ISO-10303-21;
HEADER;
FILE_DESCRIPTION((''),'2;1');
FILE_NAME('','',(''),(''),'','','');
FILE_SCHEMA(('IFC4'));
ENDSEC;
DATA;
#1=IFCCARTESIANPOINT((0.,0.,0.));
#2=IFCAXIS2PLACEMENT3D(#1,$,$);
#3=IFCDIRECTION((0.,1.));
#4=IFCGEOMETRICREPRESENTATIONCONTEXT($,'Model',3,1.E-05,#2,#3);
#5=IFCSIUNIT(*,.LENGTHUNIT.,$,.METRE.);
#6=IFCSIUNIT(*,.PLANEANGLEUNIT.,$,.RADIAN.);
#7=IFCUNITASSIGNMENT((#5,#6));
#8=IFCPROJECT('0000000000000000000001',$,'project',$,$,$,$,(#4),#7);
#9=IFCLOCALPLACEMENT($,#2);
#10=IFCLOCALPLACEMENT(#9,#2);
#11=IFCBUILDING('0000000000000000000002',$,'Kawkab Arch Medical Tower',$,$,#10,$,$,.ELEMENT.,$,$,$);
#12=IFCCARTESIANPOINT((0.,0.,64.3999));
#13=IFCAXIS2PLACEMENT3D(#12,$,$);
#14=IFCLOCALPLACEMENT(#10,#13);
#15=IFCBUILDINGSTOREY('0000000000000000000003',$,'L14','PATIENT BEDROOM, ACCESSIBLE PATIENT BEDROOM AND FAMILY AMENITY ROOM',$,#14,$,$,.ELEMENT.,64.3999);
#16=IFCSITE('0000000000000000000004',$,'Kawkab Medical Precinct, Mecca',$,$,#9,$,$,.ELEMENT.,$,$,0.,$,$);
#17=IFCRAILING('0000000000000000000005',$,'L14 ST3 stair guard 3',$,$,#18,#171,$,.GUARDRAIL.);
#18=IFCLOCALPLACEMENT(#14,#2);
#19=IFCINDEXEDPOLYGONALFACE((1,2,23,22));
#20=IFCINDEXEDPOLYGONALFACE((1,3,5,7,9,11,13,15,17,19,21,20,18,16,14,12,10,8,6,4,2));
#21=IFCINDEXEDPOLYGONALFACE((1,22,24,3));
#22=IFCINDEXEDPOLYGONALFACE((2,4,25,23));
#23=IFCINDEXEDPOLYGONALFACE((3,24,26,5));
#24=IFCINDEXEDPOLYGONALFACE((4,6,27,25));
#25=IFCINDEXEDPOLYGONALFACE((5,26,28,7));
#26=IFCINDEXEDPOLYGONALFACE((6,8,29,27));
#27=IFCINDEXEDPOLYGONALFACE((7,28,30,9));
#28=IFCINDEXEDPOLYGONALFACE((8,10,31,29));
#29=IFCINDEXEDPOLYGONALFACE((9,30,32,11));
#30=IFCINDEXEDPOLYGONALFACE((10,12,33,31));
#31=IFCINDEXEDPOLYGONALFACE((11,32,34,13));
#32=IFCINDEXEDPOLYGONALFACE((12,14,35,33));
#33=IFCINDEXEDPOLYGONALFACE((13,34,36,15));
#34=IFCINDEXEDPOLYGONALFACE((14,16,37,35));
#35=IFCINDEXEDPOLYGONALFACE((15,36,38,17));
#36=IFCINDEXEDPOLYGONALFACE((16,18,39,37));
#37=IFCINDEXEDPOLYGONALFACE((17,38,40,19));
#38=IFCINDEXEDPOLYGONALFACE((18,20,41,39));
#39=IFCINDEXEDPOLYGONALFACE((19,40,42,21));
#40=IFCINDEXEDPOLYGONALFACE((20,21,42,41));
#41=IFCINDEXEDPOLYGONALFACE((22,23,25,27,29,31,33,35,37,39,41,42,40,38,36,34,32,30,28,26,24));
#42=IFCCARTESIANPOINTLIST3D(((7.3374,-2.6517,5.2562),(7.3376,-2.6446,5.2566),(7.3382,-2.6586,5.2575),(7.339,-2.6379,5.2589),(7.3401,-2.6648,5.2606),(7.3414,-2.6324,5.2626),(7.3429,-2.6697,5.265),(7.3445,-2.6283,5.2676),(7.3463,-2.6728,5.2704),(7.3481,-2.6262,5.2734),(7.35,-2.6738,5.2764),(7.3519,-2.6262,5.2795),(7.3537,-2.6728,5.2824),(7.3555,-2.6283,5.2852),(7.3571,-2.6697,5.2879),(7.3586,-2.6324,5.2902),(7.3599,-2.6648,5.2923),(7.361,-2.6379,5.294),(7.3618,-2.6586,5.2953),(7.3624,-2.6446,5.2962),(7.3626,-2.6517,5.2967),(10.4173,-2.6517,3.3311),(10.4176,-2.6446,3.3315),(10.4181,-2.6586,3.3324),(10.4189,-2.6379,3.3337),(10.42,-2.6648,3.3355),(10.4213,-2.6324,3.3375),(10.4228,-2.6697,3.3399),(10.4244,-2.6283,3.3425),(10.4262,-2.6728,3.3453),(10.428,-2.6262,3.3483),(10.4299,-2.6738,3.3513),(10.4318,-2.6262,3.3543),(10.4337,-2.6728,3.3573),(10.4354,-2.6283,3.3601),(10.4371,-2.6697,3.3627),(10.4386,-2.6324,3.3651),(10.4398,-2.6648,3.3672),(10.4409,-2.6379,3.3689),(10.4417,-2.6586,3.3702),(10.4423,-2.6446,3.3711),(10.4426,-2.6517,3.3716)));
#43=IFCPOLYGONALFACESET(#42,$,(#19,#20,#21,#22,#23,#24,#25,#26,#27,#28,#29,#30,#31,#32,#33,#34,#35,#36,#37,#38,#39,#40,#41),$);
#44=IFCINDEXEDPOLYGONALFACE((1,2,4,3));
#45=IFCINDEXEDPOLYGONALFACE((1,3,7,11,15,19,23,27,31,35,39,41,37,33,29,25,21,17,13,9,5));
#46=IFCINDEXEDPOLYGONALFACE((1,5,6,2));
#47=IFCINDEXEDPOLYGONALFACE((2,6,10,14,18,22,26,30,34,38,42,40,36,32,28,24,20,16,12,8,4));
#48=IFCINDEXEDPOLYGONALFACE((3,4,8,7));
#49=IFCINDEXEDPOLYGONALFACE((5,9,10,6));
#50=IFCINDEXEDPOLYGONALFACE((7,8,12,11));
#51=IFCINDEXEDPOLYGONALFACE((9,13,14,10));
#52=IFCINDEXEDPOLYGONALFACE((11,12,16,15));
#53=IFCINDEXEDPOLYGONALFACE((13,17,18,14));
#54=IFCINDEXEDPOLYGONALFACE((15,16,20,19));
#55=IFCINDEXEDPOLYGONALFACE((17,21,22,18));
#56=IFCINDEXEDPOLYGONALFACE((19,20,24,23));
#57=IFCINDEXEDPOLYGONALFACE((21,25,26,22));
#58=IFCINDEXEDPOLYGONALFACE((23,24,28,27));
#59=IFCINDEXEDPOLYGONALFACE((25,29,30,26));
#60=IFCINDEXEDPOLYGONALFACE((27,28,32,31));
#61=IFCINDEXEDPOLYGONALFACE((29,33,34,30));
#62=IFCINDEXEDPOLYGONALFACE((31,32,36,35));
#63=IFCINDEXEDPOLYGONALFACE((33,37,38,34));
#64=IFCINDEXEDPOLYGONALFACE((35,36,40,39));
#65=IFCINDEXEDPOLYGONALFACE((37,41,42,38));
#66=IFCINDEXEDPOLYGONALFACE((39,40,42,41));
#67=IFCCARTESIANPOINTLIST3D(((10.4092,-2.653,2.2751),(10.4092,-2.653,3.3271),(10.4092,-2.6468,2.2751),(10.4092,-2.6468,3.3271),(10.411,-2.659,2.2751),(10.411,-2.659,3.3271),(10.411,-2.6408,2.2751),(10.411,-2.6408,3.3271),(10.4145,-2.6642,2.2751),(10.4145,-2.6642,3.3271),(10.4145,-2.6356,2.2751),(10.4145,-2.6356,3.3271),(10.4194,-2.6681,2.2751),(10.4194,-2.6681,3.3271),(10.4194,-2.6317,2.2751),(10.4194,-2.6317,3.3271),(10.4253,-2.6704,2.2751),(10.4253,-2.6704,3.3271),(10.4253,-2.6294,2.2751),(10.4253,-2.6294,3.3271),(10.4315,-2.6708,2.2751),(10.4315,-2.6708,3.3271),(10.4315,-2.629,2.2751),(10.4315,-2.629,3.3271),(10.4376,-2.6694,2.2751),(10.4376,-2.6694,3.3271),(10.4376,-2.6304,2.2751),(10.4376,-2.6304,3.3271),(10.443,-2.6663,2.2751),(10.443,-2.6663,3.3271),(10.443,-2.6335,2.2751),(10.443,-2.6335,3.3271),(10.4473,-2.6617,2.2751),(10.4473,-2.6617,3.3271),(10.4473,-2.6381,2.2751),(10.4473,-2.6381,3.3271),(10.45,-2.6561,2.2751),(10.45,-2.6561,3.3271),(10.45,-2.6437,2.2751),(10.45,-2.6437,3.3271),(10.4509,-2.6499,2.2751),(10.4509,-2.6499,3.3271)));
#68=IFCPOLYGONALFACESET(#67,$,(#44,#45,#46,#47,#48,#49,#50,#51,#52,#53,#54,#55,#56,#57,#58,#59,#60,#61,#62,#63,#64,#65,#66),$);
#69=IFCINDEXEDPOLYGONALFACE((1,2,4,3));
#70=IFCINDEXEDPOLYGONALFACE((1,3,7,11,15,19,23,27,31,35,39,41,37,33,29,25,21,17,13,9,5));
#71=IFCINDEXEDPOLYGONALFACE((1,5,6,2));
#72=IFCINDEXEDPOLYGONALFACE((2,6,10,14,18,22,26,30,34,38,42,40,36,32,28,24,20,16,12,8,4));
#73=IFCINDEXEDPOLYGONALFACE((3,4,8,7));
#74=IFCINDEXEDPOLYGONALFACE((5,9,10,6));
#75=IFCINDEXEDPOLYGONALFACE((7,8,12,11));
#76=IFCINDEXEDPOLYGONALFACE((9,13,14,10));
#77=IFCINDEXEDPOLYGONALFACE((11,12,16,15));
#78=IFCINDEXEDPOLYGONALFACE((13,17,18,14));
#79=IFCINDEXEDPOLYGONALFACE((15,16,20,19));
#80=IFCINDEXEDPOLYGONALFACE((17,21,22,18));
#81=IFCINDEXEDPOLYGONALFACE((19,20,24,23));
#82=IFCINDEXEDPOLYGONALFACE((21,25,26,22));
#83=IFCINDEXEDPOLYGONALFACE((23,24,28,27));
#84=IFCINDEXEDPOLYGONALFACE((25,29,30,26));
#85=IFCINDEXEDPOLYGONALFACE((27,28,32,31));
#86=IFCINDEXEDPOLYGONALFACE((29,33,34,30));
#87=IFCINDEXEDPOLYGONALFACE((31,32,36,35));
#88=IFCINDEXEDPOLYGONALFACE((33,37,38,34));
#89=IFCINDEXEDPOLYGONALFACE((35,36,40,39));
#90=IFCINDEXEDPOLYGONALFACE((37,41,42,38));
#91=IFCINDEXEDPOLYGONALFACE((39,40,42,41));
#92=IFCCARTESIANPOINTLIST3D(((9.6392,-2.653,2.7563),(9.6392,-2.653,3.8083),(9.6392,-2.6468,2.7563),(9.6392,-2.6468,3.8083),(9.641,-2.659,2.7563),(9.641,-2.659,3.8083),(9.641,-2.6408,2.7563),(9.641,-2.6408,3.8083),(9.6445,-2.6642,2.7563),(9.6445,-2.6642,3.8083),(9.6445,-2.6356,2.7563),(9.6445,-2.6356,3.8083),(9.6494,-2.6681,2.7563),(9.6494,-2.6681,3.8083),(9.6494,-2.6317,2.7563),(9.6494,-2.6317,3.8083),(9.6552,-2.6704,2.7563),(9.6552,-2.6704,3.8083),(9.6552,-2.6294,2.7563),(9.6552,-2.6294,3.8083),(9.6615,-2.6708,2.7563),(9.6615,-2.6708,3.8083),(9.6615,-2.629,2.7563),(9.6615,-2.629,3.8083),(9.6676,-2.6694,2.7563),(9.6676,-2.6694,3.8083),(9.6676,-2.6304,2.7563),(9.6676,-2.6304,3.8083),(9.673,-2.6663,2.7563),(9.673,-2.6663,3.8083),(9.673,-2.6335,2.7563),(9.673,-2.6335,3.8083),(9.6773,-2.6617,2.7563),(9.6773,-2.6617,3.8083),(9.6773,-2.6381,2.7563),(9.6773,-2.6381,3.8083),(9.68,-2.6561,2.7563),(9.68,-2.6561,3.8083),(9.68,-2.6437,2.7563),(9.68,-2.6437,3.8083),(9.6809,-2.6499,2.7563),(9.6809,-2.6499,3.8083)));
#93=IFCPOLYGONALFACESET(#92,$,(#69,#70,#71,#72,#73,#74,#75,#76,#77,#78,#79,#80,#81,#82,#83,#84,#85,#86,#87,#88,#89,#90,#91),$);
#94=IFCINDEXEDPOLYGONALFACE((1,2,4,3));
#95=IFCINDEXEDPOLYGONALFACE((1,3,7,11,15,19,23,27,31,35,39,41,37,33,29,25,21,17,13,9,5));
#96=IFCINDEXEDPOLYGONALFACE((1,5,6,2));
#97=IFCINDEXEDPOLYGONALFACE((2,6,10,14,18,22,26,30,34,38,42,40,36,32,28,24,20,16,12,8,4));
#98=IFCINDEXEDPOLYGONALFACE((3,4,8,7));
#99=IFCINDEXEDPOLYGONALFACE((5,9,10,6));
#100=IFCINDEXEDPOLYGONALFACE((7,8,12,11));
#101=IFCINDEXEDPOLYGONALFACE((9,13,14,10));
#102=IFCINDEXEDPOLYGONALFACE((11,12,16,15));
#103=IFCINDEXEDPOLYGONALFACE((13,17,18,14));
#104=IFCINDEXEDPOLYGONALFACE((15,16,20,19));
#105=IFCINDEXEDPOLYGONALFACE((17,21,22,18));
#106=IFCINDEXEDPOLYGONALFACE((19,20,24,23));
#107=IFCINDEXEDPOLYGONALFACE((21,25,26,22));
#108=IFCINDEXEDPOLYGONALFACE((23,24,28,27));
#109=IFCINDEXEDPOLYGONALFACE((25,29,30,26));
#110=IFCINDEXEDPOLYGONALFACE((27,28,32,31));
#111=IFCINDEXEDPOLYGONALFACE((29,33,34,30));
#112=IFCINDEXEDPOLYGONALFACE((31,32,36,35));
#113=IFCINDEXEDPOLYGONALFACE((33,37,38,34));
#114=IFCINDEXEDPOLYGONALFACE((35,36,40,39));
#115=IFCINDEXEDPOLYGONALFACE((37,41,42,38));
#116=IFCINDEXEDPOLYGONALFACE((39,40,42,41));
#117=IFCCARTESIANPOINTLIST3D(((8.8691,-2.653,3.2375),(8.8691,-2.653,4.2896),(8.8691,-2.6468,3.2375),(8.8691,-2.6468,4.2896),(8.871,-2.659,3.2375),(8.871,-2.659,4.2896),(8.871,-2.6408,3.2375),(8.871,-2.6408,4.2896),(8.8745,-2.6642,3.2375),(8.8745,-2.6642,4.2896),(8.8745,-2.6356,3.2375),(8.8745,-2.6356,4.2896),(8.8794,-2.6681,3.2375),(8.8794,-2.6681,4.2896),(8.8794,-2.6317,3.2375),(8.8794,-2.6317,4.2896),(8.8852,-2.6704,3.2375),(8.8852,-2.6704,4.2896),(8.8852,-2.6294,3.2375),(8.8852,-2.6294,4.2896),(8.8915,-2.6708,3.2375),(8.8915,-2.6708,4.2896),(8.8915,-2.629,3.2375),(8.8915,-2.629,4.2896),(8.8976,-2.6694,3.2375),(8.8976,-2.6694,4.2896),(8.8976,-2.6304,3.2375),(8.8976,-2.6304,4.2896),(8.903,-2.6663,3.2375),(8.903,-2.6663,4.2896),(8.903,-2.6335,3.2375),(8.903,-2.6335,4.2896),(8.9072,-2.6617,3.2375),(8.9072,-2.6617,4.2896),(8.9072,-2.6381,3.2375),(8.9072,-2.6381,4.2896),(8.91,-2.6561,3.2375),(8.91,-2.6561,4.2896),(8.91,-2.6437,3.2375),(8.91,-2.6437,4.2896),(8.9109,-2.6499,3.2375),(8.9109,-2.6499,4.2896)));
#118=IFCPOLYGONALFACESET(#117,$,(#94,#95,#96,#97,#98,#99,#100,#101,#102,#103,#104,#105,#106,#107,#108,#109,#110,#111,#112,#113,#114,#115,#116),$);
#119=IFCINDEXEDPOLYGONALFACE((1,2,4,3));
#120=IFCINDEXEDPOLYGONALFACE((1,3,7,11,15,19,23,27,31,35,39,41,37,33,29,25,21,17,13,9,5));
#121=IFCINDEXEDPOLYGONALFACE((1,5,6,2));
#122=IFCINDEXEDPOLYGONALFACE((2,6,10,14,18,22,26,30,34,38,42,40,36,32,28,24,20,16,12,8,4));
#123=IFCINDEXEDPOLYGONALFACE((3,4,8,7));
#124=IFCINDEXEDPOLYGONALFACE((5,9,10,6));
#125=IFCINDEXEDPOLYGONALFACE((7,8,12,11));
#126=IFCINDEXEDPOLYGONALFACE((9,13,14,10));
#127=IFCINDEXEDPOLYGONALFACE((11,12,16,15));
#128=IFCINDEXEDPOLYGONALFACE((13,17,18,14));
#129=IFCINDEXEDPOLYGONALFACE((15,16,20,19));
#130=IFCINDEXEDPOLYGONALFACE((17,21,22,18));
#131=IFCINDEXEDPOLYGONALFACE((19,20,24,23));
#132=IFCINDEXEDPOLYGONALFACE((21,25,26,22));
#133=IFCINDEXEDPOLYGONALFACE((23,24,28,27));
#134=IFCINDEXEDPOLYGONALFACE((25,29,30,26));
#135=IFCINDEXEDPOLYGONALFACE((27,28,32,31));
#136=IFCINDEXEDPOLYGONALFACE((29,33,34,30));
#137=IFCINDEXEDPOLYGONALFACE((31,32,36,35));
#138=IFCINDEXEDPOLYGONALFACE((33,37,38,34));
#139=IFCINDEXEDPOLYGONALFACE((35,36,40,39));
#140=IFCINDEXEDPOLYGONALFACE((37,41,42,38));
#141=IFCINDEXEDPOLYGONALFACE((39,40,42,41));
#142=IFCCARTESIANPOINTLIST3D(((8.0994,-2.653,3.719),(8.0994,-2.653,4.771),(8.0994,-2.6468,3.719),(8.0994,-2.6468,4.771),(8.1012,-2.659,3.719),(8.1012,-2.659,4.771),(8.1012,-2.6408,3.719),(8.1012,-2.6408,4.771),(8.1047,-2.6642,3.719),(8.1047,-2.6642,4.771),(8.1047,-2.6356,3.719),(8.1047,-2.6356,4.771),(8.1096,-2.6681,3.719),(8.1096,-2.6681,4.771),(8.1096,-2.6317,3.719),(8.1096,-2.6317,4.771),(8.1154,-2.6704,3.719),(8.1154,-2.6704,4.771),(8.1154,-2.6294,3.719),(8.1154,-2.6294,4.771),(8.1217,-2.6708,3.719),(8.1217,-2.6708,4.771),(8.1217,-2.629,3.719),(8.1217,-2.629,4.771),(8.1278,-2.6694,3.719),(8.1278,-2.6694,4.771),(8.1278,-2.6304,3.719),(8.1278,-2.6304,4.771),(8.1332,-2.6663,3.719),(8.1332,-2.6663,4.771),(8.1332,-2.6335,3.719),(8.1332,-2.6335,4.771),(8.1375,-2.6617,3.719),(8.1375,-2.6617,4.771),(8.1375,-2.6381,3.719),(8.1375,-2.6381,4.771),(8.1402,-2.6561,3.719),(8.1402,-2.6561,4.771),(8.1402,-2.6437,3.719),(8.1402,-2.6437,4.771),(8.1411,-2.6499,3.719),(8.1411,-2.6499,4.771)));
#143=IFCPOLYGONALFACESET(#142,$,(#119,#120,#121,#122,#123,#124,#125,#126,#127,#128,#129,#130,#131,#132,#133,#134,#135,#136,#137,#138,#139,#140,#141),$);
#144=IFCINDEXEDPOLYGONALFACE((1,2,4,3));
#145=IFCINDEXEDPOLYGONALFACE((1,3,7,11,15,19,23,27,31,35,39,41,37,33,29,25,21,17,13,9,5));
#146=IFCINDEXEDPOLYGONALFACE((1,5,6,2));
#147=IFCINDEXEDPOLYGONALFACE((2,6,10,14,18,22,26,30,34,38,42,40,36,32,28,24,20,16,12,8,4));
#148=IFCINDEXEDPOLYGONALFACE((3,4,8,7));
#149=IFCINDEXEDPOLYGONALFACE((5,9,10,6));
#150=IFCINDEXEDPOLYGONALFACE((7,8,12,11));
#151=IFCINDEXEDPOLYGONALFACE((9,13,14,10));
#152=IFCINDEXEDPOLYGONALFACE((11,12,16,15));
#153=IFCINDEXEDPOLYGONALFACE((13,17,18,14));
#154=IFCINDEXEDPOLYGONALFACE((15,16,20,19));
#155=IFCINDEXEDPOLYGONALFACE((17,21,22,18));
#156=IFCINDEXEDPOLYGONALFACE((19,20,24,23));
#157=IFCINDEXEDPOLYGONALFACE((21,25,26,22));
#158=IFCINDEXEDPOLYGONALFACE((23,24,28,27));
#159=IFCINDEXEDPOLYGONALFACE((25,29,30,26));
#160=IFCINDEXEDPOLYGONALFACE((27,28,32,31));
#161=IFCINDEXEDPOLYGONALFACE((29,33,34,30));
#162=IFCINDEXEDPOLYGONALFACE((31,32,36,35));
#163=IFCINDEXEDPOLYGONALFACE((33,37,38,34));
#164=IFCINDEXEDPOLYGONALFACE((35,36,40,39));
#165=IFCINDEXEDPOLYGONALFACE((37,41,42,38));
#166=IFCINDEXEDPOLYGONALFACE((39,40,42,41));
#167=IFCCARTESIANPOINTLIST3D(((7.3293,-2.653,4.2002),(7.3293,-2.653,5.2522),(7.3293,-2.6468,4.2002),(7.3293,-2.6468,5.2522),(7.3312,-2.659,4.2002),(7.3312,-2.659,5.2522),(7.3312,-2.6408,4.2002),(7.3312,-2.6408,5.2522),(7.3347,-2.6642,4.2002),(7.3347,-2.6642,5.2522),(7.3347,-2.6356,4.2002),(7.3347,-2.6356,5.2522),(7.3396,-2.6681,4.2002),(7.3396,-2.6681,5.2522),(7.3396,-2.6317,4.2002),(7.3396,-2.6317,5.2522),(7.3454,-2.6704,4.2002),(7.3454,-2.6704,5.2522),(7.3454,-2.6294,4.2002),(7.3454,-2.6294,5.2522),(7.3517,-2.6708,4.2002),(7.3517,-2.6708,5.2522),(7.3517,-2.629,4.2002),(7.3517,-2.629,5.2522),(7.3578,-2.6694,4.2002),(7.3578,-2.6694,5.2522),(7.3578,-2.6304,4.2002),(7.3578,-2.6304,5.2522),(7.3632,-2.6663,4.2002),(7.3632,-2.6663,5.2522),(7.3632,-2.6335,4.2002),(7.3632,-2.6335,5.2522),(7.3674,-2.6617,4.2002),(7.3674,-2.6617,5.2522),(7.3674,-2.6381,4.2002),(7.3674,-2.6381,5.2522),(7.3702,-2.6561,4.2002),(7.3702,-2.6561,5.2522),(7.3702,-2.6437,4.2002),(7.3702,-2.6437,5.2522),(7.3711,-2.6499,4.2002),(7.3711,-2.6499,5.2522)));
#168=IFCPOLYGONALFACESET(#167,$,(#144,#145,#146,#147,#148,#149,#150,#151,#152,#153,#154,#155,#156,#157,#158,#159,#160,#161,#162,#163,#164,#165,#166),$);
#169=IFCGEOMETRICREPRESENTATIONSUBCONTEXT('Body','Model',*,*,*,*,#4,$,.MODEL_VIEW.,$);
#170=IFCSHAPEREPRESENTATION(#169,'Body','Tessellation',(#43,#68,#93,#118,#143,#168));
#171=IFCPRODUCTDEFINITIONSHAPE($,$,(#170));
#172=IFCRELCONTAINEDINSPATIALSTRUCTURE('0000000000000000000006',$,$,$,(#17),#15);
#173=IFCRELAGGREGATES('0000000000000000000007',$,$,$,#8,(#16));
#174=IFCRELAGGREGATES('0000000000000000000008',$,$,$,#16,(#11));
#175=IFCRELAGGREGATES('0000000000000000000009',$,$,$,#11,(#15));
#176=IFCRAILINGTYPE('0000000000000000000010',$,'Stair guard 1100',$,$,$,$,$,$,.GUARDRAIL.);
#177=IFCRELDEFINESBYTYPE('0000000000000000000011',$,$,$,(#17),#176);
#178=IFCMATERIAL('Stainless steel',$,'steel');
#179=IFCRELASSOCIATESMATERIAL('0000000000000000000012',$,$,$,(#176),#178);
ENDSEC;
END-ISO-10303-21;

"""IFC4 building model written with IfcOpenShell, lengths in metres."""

from ifc_helpers import new_model, si_unit, direction, frame, origin, origin_2d, place, context, subcontext, project, spatial, circle, extrude, material, type_object, element, save


model = new_model("IFC4")

# Units and contexts
model_context = context("Model", 3, precision=1e-05, world=origin(), true_north=direction((0.0, 1.0)))
body_context = subcontext(model_context, "Body", "Model", "MODEL_VIEW")
ifc_project = project(units=[si_unit("LENGTHUNIT", "METRE"), si_unit("PLANEANGLEUNIT", "RADIAN")], contexts=[model_context])

# Site, building, storey
site_placement = place(None, origin())
site = spatial("IfcSite", under=ifc_project, at=site_placement, Name="Kawkab Medical Precinct, Mecca", CompositionType="ELEMENT", RefElevation=0.0)
building_placement = place(site_placement, origin())
building = spatial("IfcBuilding", under=site, at=building_placement, Name="Kawkab Arch Medical Tower", CompositionType="ELEMENT")
storey_placement = place(building_placement, frame((0.0, 0.0, 64.3999)))
storey = spatial("IfcBuildingStorey", under=building, at=storey_placement, Name="L14", Description="PATIENT BEDROOM, ACCESSIBLE PATIENT BEDROOM AND FAMILY AMENITY ROOM", CompositionType="ELEMENT", Elevation=64.3999)

# Railing
ifc_material_1 = material(Name="Stainless steel", Category="steel")
railing_type_1 = type_object("IfcRailingType", Name="Stair guard 1100", PredefinedType="GUARDRAIL", material=ifc_material_1)
railing_1_placement = place(storey_placement, frame((10.4299, -2.6499, 2.2751)))
element("IfcRailing", 1, at=railing_1_placement, inside=storey, type_object=railing_type_1, Name="L14 ST3 stair guard 3", PredefinedType="GUARDRAIL", context=body_context, shape_type="SweptSolid", body=[
    extrude(circle(Radius=0.0239, at=origin_2d()), frame((0.0, 0.0, 1.0762), z_axis=(-0.847979, 0.0, 0.530029), x_axis=(0.0, -1.0, 0.0)), (0.0, 0.0, 1.0), 3.6321),
    extrude(circle(Radius=0.021, at=origin_2d()), origin(), (0.0, 0.0, 1.0), 1.052),
    extrude(circle(Radius=0.021, at=origin_2d()), frame((-0.77, 0.0, 0.4812)), (0.0, 0.0, 1.0), 1.052),
    extrude(circle(Radius=0.021, at=origin_2d()), frame((-1.54, 0.0, 0.9624)), (0.0, 0.0, 1.0), 1.052),
    extrude(circle(Radius=0.021, at=origin_2d()), frame((-2.3098, 0.0, 1.4438)), (0.0, 0.0, 1.0), 1.052),
    extrude(circle(Radius=0.021, at=origin_2d()), frame((-3.0798, 0.0, 1.925)), (0.0, 0.0, 1.0), 1.052),
])

save(model, "model.ifc")
